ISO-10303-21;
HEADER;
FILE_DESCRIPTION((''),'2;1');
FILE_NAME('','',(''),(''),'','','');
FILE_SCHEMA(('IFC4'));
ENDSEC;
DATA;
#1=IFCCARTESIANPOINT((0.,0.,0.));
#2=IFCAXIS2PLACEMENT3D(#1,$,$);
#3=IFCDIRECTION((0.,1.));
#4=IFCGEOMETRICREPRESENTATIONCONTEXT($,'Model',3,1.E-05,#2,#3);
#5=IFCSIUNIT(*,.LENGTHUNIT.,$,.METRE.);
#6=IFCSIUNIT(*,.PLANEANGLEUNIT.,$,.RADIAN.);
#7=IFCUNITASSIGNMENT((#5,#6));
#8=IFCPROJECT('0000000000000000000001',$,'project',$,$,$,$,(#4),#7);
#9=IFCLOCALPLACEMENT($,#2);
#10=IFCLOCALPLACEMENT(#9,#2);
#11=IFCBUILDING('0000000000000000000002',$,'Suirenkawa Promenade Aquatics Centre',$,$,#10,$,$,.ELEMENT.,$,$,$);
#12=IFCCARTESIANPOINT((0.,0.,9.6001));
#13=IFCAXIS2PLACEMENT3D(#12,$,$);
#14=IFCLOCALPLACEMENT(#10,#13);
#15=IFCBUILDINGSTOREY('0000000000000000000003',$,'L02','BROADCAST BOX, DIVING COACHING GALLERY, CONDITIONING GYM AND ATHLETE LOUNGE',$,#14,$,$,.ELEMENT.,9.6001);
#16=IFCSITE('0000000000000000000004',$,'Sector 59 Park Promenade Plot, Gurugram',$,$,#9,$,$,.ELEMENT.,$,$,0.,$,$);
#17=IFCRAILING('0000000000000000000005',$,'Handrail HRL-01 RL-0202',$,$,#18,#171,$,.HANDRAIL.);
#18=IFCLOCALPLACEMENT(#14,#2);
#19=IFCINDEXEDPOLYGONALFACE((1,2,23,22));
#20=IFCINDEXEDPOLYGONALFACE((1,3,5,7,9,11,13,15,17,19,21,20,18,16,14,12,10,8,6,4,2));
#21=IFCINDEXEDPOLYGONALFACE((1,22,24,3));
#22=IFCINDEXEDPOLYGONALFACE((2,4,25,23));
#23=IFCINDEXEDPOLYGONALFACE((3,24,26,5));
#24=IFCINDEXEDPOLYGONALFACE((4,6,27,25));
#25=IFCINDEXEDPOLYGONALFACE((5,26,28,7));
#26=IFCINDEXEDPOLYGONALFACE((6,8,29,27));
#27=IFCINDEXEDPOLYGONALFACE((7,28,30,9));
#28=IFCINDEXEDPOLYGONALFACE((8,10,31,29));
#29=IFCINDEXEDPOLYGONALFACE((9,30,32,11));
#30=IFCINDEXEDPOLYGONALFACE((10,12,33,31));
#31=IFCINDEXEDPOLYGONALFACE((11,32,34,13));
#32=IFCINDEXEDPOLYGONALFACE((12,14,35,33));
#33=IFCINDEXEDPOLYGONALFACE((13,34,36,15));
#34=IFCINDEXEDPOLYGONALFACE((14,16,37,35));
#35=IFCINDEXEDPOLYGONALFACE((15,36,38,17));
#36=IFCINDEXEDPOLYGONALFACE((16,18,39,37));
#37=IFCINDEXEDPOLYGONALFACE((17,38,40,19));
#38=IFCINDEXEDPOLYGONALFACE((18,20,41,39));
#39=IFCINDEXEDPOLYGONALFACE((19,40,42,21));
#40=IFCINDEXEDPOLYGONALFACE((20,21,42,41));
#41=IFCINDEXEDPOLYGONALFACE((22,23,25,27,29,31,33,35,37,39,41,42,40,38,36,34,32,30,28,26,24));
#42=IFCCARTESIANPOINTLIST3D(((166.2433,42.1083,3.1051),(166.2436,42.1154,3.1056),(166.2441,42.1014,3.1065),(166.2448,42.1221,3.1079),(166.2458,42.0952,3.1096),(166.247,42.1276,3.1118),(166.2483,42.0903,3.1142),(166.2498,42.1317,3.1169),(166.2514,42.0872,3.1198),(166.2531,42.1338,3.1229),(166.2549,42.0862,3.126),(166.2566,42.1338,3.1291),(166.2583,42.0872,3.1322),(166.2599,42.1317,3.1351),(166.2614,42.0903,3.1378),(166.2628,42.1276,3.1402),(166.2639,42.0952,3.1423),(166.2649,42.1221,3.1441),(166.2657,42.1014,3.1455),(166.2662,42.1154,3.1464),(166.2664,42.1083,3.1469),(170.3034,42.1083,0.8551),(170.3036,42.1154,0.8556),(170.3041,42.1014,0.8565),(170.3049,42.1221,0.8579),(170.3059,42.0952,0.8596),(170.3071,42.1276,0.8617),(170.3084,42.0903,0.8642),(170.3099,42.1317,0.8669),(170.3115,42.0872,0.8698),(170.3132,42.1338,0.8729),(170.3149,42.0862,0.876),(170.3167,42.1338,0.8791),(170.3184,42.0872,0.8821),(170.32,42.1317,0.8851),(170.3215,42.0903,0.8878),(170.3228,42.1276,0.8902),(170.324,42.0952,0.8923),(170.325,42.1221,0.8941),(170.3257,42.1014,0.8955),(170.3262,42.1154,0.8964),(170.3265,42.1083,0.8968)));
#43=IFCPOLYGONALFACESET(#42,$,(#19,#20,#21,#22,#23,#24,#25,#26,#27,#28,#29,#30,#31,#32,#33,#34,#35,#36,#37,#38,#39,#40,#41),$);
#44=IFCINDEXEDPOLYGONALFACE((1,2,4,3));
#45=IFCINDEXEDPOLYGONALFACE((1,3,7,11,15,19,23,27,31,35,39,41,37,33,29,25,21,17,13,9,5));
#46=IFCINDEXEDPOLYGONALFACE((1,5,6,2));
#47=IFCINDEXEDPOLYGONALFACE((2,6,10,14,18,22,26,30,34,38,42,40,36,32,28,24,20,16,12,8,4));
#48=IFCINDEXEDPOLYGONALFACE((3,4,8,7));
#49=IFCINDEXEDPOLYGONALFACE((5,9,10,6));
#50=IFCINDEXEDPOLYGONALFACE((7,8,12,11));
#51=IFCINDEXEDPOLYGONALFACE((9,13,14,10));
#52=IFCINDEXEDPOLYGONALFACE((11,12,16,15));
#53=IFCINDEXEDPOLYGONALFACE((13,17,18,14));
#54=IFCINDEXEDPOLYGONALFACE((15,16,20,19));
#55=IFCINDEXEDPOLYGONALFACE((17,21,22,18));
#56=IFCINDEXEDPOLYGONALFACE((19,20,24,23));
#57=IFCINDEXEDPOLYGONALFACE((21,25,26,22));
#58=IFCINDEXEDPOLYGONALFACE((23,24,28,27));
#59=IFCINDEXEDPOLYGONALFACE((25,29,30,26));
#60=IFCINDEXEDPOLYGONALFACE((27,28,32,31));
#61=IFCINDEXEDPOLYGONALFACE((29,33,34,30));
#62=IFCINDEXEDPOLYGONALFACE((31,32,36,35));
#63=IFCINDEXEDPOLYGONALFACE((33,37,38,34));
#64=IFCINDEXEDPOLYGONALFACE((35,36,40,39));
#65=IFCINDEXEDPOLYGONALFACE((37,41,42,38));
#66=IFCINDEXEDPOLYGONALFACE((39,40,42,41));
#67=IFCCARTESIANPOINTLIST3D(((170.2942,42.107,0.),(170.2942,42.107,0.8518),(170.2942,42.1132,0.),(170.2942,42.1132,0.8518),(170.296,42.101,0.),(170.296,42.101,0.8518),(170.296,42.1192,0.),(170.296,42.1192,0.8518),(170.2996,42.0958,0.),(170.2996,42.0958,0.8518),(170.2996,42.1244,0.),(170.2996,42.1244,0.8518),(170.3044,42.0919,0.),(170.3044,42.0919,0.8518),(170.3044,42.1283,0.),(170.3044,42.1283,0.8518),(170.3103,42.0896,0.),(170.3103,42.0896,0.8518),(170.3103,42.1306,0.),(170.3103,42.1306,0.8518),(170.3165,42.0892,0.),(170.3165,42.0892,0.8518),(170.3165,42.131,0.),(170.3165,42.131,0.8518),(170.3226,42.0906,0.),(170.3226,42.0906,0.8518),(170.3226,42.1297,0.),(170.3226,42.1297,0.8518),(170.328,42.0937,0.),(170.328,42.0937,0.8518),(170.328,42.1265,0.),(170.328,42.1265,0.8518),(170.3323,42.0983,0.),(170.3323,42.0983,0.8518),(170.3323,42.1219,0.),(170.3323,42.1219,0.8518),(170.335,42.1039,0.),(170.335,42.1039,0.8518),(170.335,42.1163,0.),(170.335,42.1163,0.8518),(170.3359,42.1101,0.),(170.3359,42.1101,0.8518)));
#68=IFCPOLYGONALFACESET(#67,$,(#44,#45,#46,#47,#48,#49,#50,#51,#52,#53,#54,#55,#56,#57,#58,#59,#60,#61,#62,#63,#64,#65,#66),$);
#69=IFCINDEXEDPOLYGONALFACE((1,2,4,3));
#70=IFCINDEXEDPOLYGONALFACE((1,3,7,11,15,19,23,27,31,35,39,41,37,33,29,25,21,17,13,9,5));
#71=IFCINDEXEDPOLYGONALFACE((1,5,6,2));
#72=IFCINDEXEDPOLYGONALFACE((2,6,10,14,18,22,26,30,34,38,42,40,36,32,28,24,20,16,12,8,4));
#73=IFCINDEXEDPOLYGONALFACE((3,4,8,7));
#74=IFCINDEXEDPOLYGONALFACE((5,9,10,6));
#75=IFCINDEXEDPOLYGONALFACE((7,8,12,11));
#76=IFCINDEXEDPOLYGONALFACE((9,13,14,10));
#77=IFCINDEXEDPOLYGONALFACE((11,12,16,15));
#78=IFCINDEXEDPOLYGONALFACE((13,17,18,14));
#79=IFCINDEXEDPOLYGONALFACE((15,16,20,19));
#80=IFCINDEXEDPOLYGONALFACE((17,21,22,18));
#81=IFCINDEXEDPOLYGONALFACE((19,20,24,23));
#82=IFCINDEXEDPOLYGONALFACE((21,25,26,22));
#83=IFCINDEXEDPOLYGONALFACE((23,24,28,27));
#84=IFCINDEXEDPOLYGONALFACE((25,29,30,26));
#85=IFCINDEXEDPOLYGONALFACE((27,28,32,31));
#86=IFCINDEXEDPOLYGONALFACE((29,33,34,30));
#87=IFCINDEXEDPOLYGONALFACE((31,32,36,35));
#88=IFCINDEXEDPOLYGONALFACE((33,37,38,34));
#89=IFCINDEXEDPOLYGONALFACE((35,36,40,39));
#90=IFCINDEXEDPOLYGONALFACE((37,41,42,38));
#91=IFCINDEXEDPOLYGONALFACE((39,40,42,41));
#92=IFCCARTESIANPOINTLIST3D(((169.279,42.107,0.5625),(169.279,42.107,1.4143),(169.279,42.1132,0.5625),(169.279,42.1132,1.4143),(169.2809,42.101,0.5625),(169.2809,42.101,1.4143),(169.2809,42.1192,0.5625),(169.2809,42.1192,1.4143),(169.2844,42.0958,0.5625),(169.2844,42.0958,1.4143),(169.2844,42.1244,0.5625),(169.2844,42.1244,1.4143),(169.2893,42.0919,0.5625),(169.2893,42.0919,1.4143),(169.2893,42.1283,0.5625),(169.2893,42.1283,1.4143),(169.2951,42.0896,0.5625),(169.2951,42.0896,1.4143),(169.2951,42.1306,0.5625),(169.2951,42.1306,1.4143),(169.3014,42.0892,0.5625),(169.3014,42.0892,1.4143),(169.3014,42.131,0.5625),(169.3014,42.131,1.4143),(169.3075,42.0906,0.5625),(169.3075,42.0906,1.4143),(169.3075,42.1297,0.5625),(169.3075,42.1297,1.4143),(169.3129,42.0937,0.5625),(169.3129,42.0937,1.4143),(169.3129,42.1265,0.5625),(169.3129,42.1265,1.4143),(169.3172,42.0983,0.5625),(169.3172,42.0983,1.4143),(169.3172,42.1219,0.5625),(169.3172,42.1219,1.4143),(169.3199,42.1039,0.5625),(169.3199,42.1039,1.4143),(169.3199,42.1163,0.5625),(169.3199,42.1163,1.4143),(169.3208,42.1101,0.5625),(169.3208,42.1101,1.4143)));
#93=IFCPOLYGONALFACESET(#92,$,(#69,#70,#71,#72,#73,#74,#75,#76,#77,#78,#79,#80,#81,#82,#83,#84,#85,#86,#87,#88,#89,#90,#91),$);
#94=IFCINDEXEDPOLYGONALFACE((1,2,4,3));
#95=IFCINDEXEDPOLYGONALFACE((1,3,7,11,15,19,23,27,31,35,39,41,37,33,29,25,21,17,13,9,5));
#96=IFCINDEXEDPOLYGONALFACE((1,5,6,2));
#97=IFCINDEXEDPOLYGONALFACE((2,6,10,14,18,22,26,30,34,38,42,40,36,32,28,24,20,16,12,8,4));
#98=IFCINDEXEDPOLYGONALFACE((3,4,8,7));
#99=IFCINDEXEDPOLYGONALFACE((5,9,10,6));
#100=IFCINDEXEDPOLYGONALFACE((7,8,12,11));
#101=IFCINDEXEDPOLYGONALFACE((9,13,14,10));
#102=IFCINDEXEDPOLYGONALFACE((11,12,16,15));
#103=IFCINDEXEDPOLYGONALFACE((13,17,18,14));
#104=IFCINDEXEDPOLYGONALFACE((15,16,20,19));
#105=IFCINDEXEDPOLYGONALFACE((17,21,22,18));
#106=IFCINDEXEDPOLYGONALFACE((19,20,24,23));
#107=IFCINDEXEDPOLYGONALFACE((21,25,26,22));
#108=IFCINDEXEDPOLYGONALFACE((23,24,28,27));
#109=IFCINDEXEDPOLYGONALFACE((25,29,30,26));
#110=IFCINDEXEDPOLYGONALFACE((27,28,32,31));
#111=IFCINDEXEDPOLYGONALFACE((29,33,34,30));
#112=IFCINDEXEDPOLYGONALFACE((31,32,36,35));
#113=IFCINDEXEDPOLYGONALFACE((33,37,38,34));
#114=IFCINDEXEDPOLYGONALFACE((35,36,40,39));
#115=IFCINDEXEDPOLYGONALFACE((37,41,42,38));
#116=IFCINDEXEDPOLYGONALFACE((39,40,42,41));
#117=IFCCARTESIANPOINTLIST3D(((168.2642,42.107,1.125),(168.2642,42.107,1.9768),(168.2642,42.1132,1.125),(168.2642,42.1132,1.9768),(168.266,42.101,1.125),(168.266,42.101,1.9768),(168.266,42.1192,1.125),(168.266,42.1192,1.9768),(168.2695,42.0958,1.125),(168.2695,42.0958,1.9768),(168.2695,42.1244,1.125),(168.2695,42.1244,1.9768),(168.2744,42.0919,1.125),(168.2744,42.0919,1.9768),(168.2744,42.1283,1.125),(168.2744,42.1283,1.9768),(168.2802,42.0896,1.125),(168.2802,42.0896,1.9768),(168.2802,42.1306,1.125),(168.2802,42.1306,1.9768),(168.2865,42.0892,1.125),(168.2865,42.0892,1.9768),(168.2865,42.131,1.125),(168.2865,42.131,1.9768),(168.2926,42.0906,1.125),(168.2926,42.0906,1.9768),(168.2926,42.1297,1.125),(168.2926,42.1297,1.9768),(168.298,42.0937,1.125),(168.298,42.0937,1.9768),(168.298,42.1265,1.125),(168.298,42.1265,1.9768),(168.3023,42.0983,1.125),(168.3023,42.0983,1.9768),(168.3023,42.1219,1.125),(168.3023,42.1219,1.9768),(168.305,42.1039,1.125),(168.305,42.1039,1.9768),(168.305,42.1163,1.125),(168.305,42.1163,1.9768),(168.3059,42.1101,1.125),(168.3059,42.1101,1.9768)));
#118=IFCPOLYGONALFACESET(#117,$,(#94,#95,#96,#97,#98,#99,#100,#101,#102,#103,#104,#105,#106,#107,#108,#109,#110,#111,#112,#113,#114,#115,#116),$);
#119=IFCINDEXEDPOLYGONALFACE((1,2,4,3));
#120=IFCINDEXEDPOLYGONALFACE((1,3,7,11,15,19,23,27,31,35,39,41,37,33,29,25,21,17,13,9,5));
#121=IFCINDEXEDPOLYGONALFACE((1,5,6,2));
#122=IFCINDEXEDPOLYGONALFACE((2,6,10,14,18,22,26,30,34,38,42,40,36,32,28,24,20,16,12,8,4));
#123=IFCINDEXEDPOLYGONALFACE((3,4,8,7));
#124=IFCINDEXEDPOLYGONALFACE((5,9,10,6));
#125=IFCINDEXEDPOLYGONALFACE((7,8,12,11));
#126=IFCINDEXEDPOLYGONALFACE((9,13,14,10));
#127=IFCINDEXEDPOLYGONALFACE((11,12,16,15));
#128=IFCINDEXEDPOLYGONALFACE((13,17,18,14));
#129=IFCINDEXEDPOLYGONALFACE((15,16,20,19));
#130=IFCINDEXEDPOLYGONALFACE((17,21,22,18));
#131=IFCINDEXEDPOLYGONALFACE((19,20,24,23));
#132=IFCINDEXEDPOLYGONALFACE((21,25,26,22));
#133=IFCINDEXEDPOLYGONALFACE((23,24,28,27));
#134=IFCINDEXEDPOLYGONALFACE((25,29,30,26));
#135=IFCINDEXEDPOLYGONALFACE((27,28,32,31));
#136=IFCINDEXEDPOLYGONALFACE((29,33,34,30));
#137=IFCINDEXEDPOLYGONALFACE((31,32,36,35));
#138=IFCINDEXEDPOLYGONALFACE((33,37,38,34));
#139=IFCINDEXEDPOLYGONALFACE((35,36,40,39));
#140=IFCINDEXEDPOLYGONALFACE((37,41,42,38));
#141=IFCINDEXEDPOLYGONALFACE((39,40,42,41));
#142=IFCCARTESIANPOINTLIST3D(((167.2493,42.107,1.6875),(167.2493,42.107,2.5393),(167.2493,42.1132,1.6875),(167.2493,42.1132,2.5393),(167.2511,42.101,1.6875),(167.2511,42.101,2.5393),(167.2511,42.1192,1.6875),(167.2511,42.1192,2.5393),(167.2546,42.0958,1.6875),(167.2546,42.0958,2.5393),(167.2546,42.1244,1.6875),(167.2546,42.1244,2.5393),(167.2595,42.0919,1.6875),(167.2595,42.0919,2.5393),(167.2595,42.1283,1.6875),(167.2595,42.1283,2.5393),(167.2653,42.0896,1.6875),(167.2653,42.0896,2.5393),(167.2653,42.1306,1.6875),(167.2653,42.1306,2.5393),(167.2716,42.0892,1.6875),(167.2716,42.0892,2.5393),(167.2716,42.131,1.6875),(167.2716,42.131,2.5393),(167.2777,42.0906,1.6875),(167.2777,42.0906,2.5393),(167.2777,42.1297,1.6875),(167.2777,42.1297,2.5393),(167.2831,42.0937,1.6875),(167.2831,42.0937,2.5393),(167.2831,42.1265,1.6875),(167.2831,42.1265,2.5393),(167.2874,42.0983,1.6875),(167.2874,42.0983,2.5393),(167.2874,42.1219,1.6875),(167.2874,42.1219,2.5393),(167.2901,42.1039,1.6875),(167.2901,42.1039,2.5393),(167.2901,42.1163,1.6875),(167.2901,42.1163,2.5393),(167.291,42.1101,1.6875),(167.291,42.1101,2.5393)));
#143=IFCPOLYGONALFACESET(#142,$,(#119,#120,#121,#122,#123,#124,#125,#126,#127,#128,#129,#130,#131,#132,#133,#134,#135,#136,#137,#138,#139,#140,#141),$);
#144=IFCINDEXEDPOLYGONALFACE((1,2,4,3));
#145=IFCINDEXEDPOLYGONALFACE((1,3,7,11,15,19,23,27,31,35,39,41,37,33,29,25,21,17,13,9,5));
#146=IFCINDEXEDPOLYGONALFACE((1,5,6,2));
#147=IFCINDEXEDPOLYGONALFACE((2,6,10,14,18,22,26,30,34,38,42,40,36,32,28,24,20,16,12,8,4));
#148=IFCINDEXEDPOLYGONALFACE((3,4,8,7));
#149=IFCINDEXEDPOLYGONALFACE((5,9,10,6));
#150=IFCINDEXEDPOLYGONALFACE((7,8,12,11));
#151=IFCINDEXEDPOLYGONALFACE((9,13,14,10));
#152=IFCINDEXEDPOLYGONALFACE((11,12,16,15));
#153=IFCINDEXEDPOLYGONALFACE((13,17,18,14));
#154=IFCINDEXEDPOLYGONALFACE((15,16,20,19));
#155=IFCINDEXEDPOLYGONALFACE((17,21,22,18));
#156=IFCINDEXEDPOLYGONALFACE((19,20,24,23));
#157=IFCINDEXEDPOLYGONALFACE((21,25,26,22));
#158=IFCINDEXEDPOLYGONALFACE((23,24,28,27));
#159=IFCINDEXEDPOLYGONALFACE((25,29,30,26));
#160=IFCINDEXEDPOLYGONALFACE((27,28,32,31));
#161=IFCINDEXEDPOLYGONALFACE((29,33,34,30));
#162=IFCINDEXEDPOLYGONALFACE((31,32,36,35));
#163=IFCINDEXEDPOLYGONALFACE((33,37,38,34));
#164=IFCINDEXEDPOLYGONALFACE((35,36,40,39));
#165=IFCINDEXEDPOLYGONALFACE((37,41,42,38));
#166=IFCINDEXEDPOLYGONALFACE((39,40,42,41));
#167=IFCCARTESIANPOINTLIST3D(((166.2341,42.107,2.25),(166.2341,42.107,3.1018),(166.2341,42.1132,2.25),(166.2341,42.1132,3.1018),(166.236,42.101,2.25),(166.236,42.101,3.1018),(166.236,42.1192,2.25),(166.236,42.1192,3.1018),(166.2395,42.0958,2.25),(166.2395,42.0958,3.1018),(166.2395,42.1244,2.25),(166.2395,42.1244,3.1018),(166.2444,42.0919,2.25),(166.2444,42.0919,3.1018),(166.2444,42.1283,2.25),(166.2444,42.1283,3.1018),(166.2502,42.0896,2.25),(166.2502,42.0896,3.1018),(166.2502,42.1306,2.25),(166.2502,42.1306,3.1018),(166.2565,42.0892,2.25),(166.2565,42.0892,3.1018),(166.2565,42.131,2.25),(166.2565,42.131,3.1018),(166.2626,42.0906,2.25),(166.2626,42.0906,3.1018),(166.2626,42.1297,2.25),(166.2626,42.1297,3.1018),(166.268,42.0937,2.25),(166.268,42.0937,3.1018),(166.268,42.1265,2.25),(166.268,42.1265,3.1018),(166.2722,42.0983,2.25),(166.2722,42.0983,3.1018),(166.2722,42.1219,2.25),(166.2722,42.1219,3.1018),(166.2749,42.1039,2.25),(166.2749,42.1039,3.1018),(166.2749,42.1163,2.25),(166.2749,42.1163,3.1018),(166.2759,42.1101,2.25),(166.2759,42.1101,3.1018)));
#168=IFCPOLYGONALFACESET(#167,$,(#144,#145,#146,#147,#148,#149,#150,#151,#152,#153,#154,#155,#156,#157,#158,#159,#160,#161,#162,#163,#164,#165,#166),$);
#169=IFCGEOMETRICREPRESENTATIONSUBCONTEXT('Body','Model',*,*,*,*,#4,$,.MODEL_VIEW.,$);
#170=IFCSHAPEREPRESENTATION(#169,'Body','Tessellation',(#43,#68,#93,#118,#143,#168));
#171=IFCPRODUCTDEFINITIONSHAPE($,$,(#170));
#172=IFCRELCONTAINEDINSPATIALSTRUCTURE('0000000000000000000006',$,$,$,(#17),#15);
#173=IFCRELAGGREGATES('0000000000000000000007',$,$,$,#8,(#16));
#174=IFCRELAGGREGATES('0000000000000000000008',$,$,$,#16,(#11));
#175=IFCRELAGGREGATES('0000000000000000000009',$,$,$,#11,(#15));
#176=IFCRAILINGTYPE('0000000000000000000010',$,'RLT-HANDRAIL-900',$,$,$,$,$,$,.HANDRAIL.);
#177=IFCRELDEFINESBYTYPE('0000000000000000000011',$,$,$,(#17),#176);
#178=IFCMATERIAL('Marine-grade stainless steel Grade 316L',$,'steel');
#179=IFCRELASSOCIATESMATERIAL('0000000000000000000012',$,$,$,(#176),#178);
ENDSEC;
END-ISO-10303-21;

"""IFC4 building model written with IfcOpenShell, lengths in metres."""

from ifc_helpers import new_model, si_unit, direction, frame, origin, origin_2d, place, context, subcontext, project, spatial, circle, extrude, material, type_object, element, save


model = new_model("IFC4")

# Units and contexts
model_context = context("Model", 3, precision=1e-05, world=origin(), true_north=direction((0.0, 1.0)))
body_context = subcontext(model_context, "Body", "Model", "MODEL_VIEW")
ifc_project = project(units=[si_unit("LENGTHUNIT", "METRE"), si_unit("PLANEANGLEUNIT", "RADIAN")], contexts=[model_context])

# Site, building, storey
site_placement = place(None, origin())
site = spatial("IfcSite", under=ifc_project, at=site_placement, Name="Sector 59 Park Promenade Plot, Gurugram", CompositionType="ELEMENT", RefElevation=0.0)
building_placement = place(site_placement, origin())
building = spatial("IfcBuilding", under=site, at=building_placement, Name="Suirenkawa Promenade Aquatics Centre", CompositionType="ELEMENT")
storey_placement = place(building_placement, frame((0.0, 0.0, 9.6001)))
storey = spatial("IfcBuildingStorey", under=building, at=storey_placement, Name="L02", Description="BROADCAST BOX, DIVING COACHING GALLERY, CONDITIONING GYM AND ATHLETE LOUNGE", CompositionType="ELEMENT", Elevation=9.6001)

# Railing
ifc_material_1 = material(Name="Marine-grade stainless steel Grade 316L", Category="steel")
railing_type_1 = type_object("IfcRailingType", Name="RLT-HANDRAIL-900", PredefinedType="HANDRAIL", material=ifc_material_1)
railing_1_placement = place(storey_placement, frame((170.3149, 42.1101, 0.0)))
element("IfcRailing", 1, at=railing_1_placement, inside=storey, type_object=railing_type_1, Name="Handrail HRL-01 RL-0202", PredefinedType="HANDRAIL", context=body_context, shape_type="SweptSolid", body=[
    extrude(circle(Radius=0.0239, at=origin_2d()), frame((0.0, 0.0, 0.876), z_axis=(-0.874668, 0.0, 0.484723), x_axis=(0.0, -1.0, 0.0)), (0.0, 0.0, 1.0), 4.6418),
    extrude(circle(Radius=0.021, at=origin_2d()), origin(), (0.0, 0.0, 1.0), 0.8518),
    extrude(circle(Radius=0.021, at=origin_2d()), frame((-1.0151, 0.0, 0.5625)), (0.0, 0.0, 1.0), 0.8518),
    extrude(circle(Radius=0.021, at=origin_2d()), frame((-2.03, 0.0, 1.125)), (0.0, 0.0, 1.0), 0.8518),
    extrude(circle(Radius=0.021, at=origin_2d()), frame((-3.0449, 0.0, 1.6875)), (0.0, 0.0, 1.0), 0.8518),
    extrude(circle(Radius=0.021, at=origin_2d()), frame((-4.0601, 0.0, 2.25)), (0.0, 0.0, 1.0), 0.8518),
])

save(model, "model.ifc")
